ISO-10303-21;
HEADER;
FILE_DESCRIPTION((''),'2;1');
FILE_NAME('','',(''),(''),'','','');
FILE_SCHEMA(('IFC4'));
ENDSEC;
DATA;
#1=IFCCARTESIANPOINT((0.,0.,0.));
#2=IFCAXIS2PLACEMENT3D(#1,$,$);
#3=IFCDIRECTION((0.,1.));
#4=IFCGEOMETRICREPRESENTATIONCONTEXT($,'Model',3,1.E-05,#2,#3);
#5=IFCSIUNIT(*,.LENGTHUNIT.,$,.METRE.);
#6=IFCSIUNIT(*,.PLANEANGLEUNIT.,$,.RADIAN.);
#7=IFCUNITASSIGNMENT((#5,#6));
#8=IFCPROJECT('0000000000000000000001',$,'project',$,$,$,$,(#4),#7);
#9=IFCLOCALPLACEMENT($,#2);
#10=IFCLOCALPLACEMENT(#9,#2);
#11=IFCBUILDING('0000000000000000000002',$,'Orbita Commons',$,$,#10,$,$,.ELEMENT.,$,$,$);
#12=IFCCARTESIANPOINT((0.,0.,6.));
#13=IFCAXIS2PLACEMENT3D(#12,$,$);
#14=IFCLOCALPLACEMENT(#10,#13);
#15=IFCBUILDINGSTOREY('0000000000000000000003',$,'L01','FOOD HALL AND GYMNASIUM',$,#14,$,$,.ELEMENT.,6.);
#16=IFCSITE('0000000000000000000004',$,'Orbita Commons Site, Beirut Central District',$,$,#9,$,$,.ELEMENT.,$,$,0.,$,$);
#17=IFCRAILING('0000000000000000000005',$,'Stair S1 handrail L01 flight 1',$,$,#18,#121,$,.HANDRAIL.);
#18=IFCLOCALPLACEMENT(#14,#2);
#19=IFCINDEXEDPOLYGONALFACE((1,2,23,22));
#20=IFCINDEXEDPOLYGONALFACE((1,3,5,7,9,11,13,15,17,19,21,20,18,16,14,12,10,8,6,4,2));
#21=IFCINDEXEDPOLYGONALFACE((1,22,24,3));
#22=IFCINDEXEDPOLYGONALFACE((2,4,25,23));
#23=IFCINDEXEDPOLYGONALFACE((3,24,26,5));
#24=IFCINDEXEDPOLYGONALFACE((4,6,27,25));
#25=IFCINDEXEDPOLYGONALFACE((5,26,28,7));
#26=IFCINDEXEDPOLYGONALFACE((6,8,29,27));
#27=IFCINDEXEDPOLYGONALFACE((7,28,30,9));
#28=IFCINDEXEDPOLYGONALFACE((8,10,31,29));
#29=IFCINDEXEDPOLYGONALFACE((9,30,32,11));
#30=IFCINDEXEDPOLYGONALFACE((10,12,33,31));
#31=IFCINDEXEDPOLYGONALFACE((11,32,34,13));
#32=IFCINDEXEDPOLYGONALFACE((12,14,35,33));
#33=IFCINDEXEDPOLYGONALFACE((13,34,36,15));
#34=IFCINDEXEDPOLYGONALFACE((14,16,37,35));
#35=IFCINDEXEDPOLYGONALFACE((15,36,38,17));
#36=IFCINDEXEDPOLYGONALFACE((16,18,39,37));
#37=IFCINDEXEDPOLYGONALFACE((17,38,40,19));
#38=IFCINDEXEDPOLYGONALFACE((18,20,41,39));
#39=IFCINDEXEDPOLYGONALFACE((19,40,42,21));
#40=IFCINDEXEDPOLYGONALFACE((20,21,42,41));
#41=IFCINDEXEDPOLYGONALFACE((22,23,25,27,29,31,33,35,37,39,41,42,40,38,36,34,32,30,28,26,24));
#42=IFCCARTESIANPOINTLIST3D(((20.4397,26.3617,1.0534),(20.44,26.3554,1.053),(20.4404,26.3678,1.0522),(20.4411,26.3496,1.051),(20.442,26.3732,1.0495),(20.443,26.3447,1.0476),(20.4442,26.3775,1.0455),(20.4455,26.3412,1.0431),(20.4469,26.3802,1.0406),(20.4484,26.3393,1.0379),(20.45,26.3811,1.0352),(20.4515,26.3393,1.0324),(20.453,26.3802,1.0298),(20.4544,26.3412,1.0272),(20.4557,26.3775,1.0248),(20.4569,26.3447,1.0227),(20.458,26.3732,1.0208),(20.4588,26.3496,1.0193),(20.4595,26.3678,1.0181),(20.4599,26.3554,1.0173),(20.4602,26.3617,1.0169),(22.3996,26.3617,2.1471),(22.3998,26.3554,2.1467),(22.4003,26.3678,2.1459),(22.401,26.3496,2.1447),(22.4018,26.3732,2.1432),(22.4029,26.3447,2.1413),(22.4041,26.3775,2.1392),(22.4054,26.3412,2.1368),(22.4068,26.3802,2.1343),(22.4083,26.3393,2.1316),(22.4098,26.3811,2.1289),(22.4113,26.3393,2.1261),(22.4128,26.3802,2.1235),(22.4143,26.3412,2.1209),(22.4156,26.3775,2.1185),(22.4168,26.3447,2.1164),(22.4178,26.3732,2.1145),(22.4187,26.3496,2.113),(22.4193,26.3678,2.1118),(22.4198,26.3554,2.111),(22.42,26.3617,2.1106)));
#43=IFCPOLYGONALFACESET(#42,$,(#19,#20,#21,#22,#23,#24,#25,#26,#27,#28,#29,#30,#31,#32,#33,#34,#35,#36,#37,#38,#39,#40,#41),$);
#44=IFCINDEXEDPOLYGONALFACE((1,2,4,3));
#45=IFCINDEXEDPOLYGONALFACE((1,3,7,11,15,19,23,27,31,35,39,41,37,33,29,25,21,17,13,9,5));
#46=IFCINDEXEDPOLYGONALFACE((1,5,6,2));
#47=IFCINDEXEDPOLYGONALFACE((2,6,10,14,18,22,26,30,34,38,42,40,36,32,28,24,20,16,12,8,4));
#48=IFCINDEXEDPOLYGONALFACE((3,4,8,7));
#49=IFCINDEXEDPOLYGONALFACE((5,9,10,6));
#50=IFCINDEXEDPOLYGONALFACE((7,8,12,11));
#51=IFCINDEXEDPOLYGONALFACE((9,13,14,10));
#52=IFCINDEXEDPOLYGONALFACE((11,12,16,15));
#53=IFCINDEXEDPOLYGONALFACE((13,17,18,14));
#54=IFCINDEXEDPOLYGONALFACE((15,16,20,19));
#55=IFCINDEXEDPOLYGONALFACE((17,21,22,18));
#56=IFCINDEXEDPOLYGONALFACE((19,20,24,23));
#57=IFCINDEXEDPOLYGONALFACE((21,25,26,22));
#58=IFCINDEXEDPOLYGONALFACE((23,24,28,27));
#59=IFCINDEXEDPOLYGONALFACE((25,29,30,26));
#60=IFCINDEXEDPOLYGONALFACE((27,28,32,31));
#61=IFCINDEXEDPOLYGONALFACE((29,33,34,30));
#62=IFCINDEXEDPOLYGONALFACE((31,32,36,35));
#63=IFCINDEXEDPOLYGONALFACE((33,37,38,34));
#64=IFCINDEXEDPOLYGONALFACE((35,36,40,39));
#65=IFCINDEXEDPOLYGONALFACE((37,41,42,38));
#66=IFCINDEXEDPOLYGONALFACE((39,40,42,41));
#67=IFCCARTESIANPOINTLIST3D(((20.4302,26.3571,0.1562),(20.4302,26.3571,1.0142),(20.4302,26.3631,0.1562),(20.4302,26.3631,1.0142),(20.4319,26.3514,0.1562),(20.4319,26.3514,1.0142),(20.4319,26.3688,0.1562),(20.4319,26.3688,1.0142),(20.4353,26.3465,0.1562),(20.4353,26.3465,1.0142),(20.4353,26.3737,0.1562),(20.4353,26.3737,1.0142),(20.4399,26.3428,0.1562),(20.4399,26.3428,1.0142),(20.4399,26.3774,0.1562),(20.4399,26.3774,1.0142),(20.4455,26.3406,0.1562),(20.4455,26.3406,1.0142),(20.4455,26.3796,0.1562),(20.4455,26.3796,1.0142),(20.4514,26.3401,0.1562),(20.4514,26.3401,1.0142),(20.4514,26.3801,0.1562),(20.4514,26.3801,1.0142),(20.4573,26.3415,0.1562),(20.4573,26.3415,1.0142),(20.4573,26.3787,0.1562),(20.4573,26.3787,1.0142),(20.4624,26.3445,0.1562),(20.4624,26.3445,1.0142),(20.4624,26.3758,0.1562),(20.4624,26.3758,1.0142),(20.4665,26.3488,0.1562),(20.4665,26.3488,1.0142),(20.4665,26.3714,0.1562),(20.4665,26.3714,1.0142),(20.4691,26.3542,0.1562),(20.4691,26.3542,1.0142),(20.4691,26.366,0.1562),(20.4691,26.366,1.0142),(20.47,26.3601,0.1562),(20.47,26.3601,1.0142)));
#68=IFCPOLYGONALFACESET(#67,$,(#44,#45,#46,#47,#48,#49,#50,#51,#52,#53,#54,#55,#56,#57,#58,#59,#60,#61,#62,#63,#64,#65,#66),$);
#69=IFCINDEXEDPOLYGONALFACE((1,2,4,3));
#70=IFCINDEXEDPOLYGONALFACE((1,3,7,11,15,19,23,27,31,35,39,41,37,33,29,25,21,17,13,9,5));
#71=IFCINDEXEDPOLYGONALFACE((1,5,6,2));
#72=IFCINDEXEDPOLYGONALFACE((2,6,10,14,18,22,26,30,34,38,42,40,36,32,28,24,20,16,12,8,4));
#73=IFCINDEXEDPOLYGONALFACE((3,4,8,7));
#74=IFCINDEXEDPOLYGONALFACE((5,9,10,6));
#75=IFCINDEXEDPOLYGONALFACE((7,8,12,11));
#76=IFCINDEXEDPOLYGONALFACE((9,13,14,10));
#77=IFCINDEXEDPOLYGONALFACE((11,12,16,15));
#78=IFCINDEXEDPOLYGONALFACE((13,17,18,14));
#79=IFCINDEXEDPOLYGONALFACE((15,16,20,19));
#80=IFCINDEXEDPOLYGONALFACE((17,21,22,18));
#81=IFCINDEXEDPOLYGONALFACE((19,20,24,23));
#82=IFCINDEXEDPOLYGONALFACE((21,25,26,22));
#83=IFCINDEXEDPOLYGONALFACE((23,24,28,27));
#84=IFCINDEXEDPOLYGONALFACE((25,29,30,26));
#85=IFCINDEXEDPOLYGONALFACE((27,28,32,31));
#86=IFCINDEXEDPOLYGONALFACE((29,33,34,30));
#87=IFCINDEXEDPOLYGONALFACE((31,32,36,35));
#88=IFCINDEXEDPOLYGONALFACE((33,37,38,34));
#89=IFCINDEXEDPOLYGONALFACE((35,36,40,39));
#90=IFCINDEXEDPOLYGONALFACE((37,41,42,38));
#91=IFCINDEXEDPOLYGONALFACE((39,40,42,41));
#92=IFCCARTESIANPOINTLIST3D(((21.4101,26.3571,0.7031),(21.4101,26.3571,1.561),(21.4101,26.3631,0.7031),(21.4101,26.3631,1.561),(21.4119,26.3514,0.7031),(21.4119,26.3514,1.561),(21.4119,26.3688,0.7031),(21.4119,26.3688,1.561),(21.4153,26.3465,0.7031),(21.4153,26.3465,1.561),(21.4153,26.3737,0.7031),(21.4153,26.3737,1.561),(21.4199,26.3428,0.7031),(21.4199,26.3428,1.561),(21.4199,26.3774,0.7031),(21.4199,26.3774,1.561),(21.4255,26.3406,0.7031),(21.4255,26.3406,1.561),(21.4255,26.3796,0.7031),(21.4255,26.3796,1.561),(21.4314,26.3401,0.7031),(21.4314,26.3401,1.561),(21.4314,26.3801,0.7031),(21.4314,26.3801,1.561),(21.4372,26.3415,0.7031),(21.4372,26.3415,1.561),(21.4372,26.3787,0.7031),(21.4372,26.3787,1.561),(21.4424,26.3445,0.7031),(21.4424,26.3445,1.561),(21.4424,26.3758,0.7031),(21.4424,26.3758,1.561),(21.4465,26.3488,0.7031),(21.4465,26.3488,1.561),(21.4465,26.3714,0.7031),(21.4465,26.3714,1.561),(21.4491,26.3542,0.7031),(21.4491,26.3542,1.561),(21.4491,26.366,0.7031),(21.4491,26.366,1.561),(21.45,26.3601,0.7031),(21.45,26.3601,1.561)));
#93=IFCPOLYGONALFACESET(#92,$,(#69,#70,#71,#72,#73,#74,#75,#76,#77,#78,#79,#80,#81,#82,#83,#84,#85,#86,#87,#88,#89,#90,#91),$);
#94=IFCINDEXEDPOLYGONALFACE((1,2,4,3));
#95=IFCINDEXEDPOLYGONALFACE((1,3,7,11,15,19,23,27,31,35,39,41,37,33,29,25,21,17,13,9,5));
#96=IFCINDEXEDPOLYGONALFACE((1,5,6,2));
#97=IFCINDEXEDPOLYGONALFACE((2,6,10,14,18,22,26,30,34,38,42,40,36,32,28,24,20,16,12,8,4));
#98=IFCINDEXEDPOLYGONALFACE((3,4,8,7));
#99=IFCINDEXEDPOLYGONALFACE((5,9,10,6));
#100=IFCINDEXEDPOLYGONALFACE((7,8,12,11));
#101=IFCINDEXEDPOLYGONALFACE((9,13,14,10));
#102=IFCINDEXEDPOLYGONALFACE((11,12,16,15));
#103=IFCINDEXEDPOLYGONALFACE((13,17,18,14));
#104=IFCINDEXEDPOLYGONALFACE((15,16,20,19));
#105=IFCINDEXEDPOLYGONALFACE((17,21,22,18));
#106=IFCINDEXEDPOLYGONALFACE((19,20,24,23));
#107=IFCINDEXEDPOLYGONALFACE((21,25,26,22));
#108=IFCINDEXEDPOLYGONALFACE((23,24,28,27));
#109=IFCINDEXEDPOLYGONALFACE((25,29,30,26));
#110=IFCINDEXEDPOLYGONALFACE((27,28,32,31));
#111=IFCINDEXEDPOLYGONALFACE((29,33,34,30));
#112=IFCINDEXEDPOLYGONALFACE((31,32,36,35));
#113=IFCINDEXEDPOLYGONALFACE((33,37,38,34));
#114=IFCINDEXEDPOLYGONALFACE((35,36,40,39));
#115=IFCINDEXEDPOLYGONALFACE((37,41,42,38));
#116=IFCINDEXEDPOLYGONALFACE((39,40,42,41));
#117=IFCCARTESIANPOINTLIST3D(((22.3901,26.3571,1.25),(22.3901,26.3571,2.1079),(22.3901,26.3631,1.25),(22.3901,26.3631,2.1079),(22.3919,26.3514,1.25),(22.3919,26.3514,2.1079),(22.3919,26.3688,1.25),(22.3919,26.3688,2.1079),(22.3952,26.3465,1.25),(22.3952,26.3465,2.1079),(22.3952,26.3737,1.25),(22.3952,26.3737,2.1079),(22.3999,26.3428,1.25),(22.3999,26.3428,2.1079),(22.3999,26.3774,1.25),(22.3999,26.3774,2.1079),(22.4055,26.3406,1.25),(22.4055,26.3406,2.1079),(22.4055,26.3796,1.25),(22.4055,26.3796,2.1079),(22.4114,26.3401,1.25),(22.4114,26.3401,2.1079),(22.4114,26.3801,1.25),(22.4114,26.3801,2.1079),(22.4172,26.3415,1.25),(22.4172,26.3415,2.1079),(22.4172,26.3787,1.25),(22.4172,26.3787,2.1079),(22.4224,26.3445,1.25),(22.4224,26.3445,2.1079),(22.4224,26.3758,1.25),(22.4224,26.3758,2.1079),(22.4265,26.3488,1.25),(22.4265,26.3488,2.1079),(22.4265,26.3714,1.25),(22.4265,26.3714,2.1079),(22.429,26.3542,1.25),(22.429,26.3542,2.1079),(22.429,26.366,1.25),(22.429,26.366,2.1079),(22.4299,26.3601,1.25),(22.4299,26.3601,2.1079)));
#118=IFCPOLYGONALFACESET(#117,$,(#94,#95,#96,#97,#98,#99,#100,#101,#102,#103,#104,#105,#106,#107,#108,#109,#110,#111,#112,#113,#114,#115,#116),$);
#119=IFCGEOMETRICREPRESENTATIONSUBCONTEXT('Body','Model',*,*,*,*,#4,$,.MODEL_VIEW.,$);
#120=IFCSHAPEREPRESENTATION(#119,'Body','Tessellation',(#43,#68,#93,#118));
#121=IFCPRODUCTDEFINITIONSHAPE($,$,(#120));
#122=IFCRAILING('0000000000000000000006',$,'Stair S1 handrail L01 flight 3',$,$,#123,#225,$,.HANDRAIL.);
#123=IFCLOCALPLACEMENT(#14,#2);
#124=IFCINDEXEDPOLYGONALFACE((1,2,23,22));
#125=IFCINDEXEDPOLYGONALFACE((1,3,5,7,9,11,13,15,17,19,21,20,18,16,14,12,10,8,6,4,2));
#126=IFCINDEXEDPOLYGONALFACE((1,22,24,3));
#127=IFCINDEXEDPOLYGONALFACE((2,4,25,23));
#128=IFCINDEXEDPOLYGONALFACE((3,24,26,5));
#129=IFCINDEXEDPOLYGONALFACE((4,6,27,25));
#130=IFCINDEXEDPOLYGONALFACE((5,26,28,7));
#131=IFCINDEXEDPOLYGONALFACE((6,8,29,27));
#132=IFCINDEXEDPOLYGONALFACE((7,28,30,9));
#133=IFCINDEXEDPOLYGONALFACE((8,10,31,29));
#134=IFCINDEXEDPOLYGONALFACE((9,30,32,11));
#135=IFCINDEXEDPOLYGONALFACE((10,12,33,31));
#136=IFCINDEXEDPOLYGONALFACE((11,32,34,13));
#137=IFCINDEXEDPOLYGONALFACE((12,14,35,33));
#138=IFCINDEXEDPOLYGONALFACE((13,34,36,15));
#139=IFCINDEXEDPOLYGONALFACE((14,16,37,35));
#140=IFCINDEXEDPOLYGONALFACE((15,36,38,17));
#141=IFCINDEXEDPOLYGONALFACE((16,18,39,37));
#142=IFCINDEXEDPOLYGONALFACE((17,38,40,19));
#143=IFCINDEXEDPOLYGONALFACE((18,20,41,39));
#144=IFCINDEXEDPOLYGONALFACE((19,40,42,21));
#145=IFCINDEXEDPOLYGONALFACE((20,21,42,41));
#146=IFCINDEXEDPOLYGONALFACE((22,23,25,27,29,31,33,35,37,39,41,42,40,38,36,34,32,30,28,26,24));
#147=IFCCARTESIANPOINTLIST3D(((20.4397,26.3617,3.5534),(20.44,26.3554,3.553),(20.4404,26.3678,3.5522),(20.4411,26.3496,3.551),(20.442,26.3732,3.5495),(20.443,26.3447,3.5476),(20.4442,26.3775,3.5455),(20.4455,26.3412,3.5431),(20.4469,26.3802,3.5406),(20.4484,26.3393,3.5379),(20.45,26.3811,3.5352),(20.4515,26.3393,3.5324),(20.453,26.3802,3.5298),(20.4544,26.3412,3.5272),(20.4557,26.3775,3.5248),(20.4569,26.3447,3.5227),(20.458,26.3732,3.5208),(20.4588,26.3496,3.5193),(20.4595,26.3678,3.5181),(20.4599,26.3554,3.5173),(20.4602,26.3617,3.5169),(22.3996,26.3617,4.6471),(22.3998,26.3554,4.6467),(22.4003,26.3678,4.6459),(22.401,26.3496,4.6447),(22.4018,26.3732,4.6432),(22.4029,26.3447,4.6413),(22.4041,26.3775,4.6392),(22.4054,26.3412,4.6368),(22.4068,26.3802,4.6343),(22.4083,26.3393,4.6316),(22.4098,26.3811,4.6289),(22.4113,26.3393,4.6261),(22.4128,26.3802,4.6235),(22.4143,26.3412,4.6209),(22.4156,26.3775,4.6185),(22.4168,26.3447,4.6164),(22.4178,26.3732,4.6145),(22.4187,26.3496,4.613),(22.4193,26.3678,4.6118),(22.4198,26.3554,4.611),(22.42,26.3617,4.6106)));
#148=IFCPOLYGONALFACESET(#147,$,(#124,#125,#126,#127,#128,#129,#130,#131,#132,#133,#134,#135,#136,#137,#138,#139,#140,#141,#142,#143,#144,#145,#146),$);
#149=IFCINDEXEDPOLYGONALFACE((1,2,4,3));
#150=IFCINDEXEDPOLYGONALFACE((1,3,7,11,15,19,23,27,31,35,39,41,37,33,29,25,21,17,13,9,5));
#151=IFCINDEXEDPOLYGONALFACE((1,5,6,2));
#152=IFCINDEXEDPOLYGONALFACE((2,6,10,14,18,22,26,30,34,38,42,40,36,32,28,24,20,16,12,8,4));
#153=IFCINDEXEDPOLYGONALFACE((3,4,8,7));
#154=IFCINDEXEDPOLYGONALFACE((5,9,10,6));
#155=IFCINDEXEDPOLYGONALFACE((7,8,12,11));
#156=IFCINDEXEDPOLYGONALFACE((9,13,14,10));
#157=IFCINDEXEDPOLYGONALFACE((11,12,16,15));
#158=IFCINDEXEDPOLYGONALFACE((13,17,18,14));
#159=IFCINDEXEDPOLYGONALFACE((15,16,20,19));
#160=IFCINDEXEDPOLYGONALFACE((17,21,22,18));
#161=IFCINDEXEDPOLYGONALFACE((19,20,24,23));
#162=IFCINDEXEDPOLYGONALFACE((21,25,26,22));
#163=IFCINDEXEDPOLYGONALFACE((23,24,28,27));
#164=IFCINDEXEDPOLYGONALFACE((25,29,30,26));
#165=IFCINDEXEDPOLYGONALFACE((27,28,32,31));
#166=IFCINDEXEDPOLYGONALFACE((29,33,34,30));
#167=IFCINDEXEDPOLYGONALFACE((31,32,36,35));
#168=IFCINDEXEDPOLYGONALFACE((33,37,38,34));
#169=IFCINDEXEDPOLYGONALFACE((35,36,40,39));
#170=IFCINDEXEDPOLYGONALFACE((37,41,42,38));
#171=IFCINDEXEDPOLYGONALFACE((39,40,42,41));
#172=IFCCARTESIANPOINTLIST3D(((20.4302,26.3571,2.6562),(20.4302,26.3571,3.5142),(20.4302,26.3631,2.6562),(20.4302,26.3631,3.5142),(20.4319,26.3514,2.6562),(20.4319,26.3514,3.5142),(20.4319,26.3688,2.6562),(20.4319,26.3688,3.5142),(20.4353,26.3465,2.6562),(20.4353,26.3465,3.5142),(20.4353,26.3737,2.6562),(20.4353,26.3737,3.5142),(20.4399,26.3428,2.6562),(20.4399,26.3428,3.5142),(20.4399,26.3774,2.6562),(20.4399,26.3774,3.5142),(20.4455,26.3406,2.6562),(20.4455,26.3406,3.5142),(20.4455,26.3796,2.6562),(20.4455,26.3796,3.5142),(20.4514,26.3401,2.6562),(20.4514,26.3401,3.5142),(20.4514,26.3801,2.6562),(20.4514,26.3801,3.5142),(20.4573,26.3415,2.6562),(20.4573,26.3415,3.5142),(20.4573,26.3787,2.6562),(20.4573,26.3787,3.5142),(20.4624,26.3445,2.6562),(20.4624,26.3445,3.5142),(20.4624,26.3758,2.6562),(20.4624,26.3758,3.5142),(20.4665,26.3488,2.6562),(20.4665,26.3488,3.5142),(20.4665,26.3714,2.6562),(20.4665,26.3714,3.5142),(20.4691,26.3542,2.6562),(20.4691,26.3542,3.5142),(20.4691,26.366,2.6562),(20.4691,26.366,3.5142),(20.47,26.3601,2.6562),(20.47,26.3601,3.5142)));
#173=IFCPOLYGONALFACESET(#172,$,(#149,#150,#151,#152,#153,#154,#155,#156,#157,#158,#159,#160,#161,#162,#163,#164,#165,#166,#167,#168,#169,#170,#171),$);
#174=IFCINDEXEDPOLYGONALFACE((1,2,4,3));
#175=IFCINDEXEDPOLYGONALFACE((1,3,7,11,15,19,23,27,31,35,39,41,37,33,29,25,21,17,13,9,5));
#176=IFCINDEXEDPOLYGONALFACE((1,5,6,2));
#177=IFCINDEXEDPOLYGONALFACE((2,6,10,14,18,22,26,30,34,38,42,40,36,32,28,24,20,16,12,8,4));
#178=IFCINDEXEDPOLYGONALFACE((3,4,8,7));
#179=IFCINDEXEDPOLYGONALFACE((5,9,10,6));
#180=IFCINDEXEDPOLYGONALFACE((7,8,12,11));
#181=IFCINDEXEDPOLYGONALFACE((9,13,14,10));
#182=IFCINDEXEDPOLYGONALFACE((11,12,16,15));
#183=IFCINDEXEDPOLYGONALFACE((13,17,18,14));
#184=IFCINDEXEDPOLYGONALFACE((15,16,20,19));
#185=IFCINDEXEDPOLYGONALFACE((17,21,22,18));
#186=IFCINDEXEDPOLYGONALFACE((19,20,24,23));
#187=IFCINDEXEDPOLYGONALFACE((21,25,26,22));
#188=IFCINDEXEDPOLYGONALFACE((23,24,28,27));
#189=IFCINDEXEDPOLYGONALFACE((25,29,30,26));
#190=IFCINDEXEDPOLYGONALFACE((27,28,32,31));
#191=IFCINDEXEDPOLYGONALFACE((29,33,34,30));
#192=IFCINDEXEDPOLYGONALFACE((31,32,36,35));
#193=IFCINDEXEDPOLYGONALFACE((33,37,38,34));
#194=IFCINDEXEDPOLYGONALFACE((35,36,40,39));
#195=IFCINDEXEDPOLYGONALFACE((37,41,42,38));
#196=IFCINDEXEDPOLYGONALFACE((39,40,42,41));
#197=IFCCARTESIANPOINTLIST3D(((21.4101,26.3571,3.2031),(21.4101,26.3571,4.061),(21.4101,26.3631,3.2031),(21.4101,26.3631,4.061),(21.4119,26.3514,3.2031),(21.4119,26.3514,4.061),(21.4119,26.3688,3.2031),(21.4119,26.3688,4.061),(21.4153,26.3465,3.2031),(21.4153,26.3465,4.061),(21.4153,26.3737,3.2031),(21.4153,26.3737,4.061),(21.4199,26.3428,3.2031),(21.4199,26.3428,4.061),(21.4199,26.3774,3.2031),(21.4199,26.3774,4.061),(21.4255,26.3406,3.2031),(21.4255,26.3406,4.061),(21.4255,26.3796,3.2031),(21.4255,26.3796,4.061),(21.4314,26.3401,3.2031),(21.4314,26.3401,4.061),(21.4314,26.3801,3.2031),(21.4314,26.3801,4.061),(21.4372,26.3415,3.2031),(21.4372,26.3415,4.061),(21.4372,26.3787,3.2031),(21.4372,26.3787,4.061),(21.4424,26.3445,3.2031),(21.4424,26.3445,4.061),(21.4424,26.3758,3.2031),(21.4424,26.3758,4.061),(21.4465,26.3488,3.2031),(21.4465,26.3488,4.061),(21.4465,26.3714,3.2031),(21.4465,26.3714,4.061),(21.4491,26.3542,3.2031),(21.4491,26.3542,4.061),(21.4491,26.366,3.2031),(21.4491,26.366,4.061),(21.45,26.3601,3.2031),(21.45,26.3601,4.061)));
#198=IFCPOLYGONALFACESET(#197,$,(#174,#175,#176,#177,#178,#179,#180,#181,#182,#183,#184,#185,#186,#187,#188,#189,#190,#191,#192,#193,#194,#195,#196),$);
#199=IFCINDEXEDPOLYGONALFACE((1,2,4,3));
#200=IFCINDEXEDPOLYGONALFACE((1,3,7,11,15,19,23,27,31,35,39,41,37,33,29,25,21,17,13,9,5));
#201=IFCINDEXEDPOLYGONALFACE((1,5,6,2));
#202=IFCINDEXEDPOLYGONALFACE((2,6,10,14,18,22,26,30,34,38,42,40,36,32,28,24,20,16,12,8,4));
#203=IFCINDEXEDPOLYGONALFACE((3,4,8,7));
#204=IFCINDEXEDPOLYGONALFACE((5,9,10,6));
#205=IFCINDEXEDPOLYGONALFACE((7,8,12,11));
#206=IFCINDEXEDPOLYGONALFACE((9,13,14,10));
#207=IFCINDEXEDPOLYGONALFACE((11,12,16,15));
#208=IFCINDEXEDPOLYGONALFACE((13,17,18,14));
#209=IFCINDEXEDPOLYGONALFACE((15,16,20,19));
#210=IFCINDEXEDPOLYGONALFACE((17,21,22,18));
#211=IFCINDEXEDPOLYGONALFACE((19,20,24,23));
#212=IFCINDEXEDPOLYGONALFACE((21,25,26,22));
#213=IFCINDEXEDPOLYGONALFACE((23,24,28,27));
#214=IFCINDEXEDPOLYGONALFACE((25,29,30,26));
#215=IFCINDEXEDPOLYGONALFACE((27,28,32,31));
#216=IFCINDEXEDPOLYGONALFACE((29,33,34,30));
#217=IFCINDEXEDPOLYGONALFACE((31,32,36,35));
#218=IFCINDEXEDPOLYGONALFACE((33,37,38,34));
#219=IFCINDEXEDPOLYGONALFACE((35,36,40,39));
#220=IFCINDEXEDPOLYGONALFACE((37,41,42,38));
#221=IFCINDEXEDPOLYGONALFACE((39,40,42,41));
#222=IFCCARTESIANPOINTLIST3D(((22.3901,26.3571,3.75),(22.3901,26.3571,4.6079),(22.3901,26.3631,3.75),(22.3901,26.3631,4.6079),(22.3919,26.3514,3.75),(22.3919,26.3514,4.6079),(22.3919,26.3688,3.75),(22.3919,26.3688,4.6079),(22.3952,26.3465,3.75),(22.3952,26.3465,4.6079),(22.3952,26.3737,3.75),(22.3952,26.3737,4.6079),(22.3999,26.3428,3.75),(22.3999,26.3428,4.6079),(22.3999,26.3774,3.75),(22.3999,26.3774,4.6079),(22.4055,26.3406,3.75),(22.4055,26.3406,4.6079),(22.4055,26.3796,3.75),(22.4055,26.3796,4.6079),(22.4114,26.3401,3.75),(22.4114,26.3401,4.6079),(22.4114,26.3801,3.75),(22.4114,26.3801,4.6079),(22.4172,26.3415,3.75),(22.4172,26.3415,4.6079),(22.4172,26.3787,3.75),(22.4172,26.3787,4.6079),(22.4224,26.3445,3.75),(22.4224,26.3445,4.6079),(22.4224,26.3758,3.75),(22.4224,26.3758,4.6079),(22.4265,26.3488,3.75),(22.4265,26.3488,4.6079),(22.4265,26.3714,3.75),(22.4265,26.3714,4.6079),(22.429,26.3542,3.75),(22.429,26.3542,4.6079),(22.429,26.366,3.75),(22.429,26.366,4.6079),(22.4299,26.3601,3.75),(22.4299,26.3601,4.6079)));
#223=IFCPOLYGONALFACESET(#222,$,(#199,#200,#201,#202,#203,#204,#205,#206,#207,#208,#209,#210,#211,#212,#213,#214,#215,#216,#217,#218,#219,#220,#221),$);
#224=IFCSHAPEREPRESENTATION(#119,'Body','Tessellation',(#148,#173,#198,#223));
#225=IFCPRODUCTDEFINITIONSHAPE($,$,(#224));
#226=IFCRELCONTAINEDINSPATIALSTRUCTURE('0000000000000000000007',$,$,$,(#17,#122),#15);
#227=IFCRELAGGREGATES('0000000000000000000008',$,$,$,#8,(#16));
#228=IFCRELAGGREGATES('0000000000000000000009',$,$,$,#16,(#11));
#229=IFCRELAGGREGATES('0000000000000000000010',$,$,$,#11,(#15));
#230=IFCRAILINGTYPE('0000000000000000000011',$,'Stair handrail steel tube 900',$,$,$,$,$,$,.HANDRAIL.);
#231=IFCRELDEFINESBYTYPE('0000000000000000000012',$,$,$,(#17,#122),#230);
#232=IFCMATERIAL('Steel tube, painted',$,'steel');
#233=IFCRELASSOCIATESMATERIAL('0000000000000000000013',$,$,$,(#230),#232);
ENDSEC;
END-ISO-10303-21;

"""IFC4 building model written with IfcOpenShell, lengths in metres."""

from ifc_helpers import new_model, si_unit, direction, frame, origin, origin_2d, place, context, subcontext, project, spatial, circle, extrude, material, type_object, element, save


model = new_model("IFC4")

# Units and contexts
model_context = context("Model", 3, precision=1e-05, world=origin(), true_north=direction((0.0, 1.0)))
body_context = subcontext(model_context, "Body", "Model", "MODEL_VIEW")
ifc_project = project(units=[si_unit("LENGTHUNIT", "METRE"), si_unit("PLANEANGLEUNIT", "RADIAN")], contexts=[model_context])

# Site, building, storey
site_placement = place(None, origin())
site = spatial("IfcSite", under=ifc_project, at=site_placement, Name="Orbita Commons Site, Beirut Central District", CompositionType="ELEMENT", RefElevation=0.0)
building_placement = place(site_placement, origin())
building = spatial("IfcBuilding", under=site, at=building_placement, Name="Orbita Commons", CompositionType="ELEMENT")
storey_placement = place(building_placement, frame((0.0, 0.0, 6.0)))
storey = spatial("IfcBuildingStorey", under=building, at=storey_placement, Name="L01", Description="FOOD HALL AND GYMNASIUM", CompositionType="ELEMENT", Elevation=6.0)

# Railings
ifc_material_1 = material(Name="Steel tube, painted", Category="steel")
railing_type = type_object("IfcRailingType", Name="Stair handrail steel tube 900", PredefinedType="HANDRAIL", material=ifc_material_1)
for number, where, name in (
    (1, (20.45, 26.3601, 0.1562), "Stair S1 handrail L01 flight 1"),
    (2, (20.45, 26.3601, 2.6562), "Stair S1 handrail L01 flight 3"),
):
    element("IfcRailing", number, at=place(storey_placement, frame(where)), inside=storey, type_object=railing_type, Name=name, PredefinedType="HANDRAIL", context=body_context, shape_type="SweptSolid", body=[
        extrude(circle(Radius=0.021, at=origin_2d()), frame((0.0, 0.0, 0.8789), z_axis=(0.873232, 0.0, 0.487304), x_axis=(0.0, 1.0, 0.0)), (0.0, 0.0, 1.0), 2.2444),
        extrude(circle(Radius=0.02, at=origin_2d()), origin(), (0.0, 0.0, 1.0), 0.8579),
        extrude(circle(Radius=0.02, at=origin_2d()), frame((0.98, 0.0, 0.5469)), (0.0, 0.0, 1.0), 0.8579),
        extrude(circle(Radius=0.02, at=origin_2d()), frame((1.96, 0.0, 1.0938)), (0.0, 0.0, 1.0), 0.8579),
    ])

save(model, "model.ifc")
